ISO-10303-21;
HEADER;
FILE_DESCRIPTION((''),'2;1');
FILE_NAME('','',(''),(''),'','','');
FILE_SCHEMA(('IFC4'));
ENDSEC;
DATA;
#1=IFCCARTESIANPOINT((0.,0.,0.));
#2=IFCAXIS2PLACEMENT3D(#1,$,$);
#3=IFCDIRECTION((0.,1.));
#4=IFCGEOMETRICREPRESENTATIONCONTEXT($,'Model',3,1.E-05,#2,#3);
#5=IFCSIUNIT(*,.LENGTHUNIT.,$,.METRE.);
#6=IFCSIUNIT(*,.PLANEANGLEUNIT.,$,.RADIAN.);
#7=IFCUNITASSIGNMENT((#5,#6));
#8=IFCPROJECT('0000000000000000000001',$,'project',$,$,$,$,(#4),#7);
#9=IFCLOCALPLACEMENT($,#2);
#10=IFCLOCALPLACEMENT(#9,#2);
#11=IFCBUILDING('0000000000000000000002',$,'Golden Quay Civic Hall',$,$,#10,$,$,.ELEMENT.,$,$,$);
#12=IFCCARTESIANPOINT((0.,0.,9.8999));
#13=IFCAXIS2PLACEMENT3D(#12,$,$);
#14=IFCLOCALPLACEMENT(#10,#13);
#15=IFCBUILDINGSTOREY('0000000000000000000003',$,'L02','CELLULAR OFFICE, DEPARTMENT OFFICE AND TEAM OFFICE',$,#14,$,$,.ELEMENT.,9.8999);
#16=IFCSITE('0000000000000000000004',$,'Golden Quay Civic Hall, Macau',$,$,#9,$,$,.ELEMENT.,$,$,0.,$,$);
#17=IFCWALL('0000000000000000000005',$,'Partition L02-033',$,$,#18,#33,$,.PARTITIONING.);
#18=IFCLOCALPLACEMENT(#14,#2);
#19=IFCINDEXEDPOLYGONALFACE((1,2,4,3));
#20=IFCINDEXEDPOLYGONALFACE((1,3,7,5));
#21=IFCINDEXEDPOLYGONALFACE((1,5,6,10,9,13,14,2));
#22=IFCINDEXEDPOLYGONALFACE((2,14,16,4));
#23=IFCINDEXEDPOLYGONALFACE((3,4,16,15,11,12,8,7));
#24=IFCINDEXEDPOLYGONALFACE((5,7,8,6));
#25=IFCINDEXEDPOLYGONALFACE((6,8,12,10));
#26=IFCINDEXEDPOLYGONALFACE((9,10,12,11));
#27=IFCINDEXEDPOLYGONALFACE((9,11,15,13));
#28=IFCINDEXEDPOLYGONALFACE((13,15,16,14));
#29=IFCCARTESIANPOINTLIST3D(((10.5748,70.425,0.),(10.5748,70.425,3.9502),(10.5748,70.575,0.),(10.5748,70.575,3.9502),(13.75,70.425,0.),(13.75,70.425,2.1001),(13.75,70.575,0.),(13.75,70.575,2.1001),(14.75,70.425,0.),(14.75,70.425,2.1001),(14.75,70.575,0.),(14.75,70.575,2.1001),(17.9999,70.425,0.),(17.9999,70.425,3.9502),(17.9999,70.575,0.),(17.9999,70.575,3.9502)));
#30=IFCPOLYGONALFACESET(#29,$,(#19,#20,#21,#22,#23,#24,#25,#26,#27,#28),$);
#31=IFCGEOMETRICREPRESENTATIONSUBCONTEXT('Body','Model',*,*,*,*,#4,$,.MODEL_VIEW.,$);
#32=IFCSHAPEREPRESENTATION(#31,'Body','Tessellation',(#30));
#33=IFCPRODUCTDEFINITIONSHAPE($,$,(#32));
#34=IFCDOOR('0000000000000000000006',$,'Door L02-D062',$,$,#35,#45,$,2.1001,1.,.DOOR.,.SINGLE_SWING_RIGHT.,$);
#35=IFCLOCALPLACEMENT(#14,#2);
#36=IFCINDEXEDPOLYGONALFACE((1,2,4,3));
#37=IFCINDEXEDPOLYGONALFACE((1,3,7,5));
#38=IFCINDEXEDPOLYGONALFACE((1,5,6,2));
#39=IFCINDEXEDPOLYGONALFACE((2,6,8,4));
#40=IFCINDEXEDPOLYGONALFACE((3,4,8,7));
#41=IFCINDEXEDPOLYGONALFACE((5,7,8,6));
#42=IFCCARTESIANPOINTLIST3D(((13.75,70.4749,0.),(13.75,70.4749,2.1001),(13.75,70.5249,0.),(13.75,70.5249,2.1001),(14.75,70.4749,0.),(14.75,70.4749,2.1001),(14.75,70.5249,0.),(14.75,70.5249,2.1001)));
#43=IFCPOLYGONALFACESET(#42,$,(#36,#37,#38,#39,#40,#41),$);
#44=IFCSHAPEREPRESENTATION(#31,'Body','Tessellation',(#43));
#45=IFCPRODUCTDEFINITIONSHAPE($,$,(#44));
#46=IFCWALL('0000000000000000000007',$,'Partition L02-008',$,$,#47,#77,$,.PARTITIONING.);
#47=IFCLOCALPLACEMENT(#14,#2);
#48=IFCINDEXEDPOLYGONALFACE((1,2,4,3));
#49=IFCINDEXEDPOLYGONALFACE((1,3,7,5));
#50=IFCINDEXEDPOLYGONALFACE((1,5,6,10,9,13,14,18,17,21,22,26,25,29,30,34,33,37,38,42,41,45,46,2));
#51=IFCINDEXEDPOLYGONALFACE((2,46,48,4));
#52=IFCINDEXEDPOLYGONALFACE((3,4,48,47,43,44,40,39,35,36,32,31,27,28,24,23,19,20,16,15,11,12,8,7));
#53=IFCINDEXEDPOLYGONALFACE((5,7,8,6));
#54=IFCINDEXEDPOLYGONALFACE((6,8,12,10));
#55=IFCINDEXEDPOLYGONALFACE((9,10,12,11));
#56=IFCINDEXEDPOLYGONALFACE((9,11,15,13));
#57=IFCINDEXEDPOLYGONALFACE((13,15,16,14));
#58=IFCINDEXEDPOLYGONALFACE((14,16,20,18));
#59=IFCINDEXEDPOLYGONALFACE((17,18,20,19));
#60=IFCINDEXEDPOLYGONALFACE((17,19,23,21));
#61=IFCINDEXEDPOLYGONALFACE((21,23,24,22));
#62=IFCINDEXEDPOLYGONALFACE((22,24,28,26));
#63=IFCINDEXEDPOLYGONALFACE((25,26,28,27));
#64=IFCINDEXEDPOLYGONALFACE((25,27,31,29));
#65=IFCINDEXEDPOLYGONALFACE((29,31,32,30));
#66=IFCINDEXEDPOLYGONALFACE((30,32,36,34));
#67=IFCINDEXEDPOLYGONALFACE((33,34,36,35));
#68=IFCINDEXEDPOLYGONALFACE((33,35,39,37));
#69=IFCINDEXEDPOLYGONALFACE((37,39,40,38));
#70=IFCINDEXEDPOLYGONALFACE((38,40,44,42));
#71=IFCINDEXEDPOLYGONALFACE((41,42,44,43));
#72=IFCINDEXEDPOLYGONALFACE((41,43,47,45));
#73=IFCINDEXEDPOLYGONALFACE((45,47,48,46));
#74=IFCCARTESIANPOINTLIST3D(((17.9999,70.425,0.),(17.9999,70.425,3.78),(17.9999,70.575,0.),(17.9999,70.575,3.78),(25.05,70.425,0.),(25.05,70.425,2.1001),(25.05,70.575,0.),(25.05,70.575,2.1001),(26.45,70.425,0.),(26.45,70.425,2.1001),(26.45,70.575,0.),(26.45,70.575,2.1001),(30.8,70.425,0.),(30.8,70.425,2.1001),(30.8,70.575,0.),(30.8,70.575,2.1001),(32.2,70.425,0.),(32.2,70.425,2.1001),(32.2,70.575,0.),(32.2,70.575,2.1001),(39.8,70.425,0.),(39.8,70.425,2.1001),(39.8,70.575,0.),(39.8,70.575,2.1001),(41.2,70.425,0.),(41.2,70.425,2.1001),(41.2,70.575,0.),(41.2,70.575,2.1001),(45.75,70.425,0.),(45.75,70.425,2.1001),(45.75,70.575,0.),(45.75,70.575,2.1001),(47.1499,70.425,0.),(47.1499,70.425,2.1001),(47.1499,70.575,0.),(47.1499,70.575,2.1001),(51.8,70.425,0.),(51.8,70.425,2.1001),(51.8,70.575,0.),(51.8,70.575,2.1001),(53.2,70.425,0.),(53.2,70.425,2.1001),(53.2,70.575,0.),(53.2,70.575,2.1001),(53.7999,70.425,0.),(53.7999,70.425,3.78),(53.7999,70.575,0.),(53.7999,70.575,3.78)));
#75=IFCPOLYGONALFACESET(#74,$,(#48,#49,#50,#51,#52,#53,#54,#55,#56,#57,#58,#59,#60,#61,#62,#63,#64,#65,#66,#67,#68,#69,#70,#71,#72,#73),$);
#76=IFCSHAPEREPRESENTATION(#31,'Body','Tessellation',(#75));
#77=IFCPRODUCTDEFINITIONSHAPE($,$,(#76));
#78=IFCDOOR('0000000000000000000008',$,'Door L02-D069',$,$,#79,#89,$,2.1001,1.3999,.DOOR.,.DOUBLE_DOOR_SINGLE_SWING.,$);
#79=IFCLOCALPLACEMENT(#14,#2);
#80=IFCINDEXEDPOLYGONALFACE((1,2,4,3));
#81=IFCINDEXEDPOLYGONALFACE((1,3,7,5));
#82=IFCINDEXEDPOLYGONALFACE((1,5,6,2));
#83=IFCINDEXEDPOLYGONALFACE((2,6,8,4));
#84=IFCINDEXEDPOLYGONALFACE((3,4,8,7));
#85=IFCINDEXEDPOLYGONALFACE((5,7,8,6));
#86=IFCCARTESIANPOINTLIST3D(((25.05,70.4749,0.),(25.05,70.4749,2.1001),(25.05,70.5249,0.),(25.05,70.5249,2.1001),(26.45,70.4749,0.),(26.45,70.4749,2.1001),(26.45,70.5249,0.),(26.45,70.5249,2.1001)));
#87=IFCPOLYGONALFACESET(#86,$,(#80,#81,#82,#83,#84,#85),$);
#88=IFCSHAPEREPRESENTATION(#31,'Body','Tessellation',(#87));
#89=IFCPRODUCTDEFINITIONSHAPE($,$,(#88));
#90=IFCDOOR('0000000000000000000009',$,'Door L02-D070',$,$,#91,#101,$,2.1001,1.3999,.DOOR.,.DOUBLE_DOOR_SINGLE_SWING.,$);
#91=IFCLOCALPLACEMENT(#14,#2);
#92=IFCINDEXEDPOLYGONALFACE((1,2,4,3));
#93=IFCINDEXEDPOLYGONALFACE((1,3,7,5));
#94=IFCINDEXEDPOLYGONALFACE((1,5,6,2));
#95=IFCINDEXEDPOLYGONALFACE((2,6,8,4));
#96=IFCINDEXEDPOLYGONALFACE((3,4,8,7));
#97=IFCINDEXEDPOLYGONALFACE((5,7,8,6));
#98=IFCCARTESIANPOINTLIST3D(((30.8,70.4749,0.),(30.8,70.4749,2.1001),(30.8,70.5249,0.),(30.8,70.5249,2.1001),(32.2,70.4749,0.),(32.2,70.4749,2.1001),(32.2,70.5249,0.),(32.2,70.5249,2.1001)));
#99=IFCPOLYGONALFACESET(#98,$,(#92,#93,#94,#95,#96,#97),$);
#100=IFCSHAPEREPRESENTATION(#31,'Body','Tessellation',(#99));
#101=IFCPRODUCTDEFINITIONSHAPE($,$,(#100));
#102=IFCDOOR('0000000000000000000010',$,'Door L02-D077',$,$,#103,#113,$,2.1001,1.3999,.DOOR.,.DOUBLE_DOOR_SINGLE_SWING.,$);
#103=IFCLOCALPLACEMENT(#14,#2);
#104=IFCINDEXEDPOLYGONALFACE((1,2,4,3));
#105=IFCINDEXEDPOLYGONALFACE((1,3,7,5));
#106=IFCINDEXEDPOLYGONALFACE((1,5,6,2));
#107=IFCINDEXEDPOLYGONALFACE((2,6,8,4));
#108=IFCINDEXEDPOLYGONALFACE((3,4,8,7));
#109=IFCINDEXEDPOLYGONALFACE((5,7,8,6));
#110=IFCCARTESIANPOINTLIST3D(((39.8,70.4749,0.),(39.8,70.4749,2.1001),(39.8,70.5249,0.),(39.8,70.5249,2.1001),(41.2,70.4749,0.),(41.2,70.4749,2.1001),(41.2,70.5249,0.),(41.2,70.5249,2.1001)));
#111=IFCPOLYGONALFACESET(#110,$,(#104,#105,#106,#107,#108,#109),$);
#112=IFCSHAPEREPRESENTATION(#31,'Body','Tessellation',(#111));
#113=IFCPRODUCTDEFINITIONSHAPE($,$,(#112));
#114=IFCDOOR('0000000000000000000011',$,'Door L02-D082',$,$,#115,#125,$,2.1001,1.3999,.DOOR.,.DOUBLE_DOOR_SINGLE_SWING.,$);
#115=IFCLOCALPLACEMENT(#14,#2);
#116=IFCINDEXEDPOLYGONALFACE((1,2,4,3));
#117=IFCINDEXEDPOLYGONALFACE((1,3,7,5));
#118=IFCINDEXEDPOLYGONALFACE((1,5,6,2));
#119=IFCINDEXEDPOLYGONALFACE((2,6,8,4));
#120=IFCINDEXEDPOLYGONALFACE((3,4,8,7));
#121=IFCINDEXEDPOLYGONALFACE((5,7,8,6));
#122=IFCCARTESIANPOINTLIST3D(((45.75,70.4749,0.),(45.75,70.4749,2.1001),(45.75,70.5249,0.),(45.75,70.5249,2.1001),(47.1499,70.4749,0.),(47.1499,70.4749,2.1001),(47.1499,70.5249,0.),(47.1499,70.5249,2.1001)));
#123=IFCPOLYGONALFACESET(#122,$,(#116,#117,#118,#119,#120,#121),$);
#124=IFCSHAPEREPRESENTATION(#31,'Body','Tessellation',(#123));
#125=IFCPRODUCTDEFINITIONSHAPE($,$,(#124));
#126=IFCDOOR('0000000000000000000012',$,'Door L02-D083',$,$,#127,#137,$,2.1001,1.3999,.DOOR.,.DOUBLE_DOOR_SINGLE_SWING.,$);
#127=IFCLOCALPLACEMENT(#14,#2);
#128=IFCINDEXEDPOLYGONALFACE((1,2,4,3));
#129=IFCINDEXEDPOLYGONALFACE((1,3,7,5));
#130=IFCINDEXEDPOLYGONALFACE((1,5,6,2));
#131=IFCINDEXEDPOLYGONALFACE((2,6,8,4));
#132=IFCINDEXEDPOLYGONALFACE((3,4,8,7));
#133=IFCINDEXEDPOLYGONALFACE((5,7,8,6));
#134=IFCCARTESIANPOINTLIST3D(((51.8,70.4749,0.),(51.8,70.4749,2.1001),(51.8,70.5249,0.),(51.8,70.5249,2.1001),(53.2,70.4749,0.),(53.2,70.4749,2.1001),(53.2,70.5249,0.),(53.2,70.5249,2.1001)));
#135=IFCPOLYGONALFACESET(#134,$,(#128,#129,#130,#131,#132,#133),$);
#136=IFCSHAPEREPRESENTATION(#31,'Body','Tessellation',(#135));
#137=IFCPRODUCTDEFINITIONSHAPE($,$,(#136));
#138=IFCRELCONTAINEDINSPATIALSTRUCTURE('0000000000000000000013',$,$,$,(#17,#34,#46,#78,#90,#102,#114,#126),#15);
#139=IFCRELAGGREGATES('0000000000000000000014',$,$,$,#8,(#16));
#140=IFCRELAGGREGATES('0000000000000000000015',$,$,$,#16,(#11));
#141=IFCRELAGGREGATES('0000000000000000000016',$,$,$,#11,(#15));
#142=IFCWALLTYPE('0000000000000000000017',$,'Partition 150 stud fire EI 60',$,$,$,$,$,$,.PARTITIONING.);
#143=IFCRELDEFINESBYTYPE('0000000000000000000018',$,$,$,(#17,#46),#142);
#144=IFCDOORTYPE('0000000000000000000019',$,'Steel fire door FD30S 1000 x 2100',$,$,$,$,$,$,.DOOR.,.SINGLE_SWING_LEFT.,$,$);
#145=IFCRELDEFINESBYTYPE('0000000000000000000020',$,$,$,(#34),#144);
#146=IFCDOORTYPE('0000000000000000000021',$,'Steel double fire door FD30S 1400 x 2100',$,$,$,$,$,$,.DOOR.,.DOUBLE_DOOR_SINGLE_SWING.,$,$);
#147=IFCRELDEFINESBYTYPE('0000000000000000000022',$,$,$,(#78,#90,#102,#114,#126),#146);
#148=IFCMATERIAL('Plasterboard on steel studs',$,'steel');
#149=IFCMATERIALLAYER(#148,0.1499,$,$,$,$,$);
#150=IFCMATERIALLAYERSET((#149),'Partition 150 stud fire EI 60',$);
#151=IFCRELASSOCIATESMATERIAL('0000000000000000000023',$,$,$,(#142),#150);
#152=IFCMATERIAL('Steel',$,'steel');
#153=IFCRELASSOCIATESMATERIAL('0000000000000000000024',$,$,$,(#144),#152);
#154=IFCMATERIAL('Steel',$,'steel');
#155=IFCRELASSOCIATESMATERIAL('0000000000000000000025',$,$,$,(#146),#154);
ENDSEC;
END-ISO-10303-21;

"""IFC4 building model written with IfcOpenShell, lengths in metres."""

from ifc_helpers import new_model, si_unit, direction, frame, frame_2d, origin, place, context, subcontext, project, spatial, rectangle, extrude, material, layer, layer_set, type_object, element, fill, save


model = new_model("IFC4")

# Units and contexts
model_context = context("Model", 3, precision=1e-05, world=origin(), true_north=direction((0.0, 1.0)))
body_context = subcontext(model_context, "Body", "Model", "MODEL_VIEW")
ifc_project = project(units=[si_unit("LENGTHUNIT", "METRE"), si_unit("PLANEANGLEUNIT", "RADIAN")], contexts=[model_context])

# Site, building, storey
site_placement = place(None, origin())
site = spatial("IfcSite", under=ifc_project, at=site_placement, Name="Golden Quay Civic Hall, Macau", CompositionType="ELEMENT", RefElevation=0.0)
building_placement = place(site_placement, origin())
building = spatial("IfcBuilding", under=site, at=building_placement, Name="Golden Quay Civic Hall", CompositionType="ELEMENT")
storey_placement = place(building_placement, frame((0.0, 0.0, 9.8999)))
storey = spatial("IfcBuildingStorey", under=building, at=storey_placement, Name="L02", Description="CELLULAR OFFICE, DEPARTMENT OFFICE AND TEAM OFFICE", CompositionType="ELEMENT", Elevation=9.8999)

# Wall, opening, door
ifc_material_1 = material(Name="Plasterboard on steel studs", Category="steel")
ifc_layer_1 = layer(ifc_material_1, 0.1499)
ifc_layer_set_1 = layer_set([ifc_layer_1], Name="Partition 150 stud fire EI 60")
wall_type_1 = type_object("IfcWallType", Name="Partition 150 stud fire EI 60", PredefinedType="PARTITIONING", material=ifc_layer_set_1)
ifc_material_2 = material(Name="Steel", Category="steel")
door_type_1 = type_object("IfcDoorType", Name="Steel fire door FD30S 1000 x 2100", OperationType="SINGLE_SWING_LEFT", PredefinedType="DOOR", material=ifc_material_2)
wall_1_placement = place(storey_placement, frame((10.575, 70.5, 0.0), z_axis=(0.0, 0.0, 1.0), x_axis=(1.0, 0.0, 0.0)))
wall_1 = element("IfcWall", 1, at=wall_1_placement, inside=storey, type_object=wall_type_1, Name="Partition L02-033", PredefinedType="PARTITIONING", context=body_context, shape_type="SweptSolid", body=[
    extrude(rectangle(XDim=7.425, YDim=0.1499, at=frame_2d((3.7124, 0.0))), origin(), (0.0, 0.0, 1.0), 3.9502),
])
opening_1_placement = place(wall_1_placement, frame((3.175, 0.0, 0.0)))
opening_1 = element("IfcOpeningElement", 2, at=opening_1_placement, cuts=wall_1, PredefinedType="OPENING", context=body_context, shape_type="SweptSolid", body=[
    extrude(rectangle(XDim=1.0, YDim=2.1001, at=frame_2d((0.5, 1.05))), frame((0.0, 0.085, 0.0), z_axis=(0.0, -1.0, 0.0), x_axis=(1.0, 0.0, 0.0)), (0.0, 0.0, 1.0), 0.1699),
])
door_1_placement = place(opening_1_placement, frame((1.0, 0.0, 0.0), z_axis=(0.0, 0.0, 1.0), x_axis=(-1.0, 0.0, 0.0)))
door_1 = element("IfcDoor", 3, at=door_1_placement, inside=storey, type_object=door_type_1, Name="Door L02-D062", OperationType="SINGLE_SWING_RIGHT", OverallHeight=2.1001, OverallWidth=1.0, PredefinedType="DOOR", context=body_context, shape_type="SweptSolid", body=[
    extrude(rectangle(XDim=1.0, YDim=2.1001, at=frame_2d((0.5, 1.05))), frame((0.0, 0.0251, 0.0), z_axis=(0.0, -1.0, 0.0), x_axis=(1.0, 0.0, 0.0)), (0.0, 0.0, 1.0), 0.05),
])
fill(opening_1, door_1)

# Wall, openings, doors
wall_2_placement = place(storey_placement, frame((18.0, 70.5, 0.0), z_axis=(0.0, 0.0, 1.0), x_axis=(1.0, 0.0, 0.0)))
wall_2 = element("IfcWall", 4, at=wall_2_placement, inside=storey, type_object=wall_type_1, Name="Partition L02-008", PredefinedType="PARTITIONING", context=body_context, shape_type="SweptSolid", body=[
    extrude(rectangle(XDim=35.8, YDim=0.1499, at=frame_2d((17.8999, 0.0))), origin(), (0.0, 0.0, 1.0), 3.78),
])
opening_2_placement = place(wall_2_placement, frame((7.05, 0.0, 0.0)))
opening_2 = element("IfcOpeningElement", 5, at=opening_2_placement, cuts=wall_2, PredefinedType="OPENING", context=body_context, shape_type="SweptSolid", body=[
    extrude(rectangle(XDim=1.3999, YDim=2.1001, at=frame_2d((0.7, 1.05))), frame((0.0, 0.085, 0.0), z_axis=(0.0, -1.0, 0.0), x_axis=(1.0, 0.0, 0.0)), (0.0, 0.0, 1.0), 0.1699),
])
opening_3_placement = place(wall_2_placement, frame((12.8, 0.0, 0.0)))
opening_3 = element("IfcOpeningElement", 6, at=opening_3_placement, cuts=wall_2, PredefinedType="OPENING", context=body_context, shape_type="SweptSolid", body=[
    extrude(rectangle(XDim=1.3999, YDim=2.1001, at=frame_2d((0.7, 1.05))), frame((0.0, 0.085, 0.0), z_axis=(0.0, -1.0, 0.0), x_axis=(1.0, 0.0, 0.0)), (0.0, 0.0, 1.0), 0.1699),
])
opening_4_placement = place(wall_2_placement, frame((21.8, 0.0, 0.0)))
opening_4 = element("IfcOpeningElement", 7, at=opening_4_placement, cuts=wall_2, PredefinedType="OPENING", context=body_context, shape_type="SweptSolid", body=[
    extrude(rectangle(XDim=1.3999, YDim=2.1001, at=frame_2d((0.7, 1.05))), frame((0.0, 0.085, 0.0), z_axis=(0.0, -1.0, 0.0), x_axis=(1.0, 0.0, 0.0)), (0.0, 0.0, 1.0), 0.1699),
])
opening_5_placement = place(wall_2_placement, frame((27.75, 0.0, 0.0)))
opening_5 = element("IfcOpeningElement", 8, at=opening_5_placement, cuts=wall_2, PredefinedType="OPENING", context=body_context, shape_type="SweptSolid", body=[
    extrude(rectangle(XDim=1.3999, YDim=2.1001, at=frame_2d((0.7, 1.05))), frame((0.0, 0.085, 0.0), z_axis=(0.0, -1.0, 0.0), x_axis=(1.0, 0.0, 0.0)), (0.0, 0.0, 1.0), 0.1699),
])
opening_6_placement = place(wall_2_placement, frame((33.8, 0.0, 0.0)))
opening_6 = element("IfcOpeningElement", 9, at=opening_6_placement, cuts=wall_2, PredefinedType="OPENING", context=body_context, shape_type="SweptSolid", body=[
    extrude(rectangle(XDim=1.3999, YDim=2.1001, at=frame_2d((0.7, 1.05))), frame((0.0, 0.085, 0.0), z_axis=(0.0, -1.0, 0.0), x_axis=(1.0, 0.0, 0.0)), (0.0, 0.0, 1.0), 0.1699),
])
ifc_material_3 = material(Name="Steel", Category="steel")
door_type_2 = type_object("IfcDoorType", Name="Steel double fire door FD30S 1400 x 2100", OperationType="DOUBLE_DOOR_SINGLE_SWING", PredefinedType="DOOR", material=ifc_material_3)
door_2_placement = place(opening_2_placement, frame((1.3999, 0.0, 0.0), z_axis=(0.0, 0.0, 1.0), x_axis=(-1.0, 0.0, 0.0)))
door_2 = element("IfcDoor", 10, at=door_2_placement, inside=storey, type_object=door_type_2, Name="Door L02-D069", OperationType="DOUBLE_DOOR_SINGLE_SWING", OverallHeight=2.1001, OverallWidth=1.3999, PredefinedType="DOOR", context=body_context, shape_type="SweptSolid", body=[
    extrude(rectangle(XDim=1.3999, YDim=2.1001, at=frame_2d((0.7, 1.05))), frame((0.0, 0.0251, 0.0), z_axis=(0.0, -1.0, 0.0), x_axis=(1.0, 0.0, 0.0)), (0.0, 0.0, 1.0), 0.05),
])
fill(opening_2, door_2)
door_3_placement = place(opening_3_placement, frame((1.3999, 0.0, 0.0), z_axis=(0.0, 0.0, 1.0), x_axis=(-1.0, 0.0, 0.0)))
door_3 = element("IfcDoor", 11, at=door_3_placement, inside=storey, type_object=door_type_2, Name="Door L02-D070", OperationType="DOUBLE_DOOR_SINGLE_SWING", OverallHeight=2.1001, OverallWidth=1.3999, PredefinedType="DOOR", context=body_context, shape_type="SweptSolid", body=[
    extrude(rectangle(XDim=1.3999, YDim=2.1001, at=frame_2d((0.7, 1.05))), frame((0.0, 0.0251, 0.0), z_axis=(0.0, -1.0, 0.0), x_axis=(1.0, 0.0, 0.0)), (0.0, 0.0, 1.0), 0.05),
])
fill(opening_3, door_3)
door_4_placement = place(opening_4_placement, frame((1.3999, 0.0, 0.0), z_axis=(0.0, 0.0, 1.0), x_axis=(-1.0, 0.0, 0.0)))
door_4 = element("IfcDoor", 12, at=door_4_placement, inside=storey, type_object=door_type_2, Name="Door L02-D077", OperationType="DOUBLE_DOOR_SINGLE_SWING", OverallHeight=2.1001, OverallWidth=1.3999, PredefinedType="DOOR", context=body_context, shape_type="SweptSolid", body=[
    extrude(rectangle(XDim=1.3999, YDim=2.1001, at=frame_2d((0.7, 1.05))), frame((0.0, 0.0251, 0.0), z_axis=(0.0, -1.0, 0.0), x_axis=(1.0, 0.0, 0.0)), (0.0, 0.0, 1.0), 0.05),
])
fill(opening_4, door_4)
door_5_placement = place(opening_5_placement, origin())
door_5 = element("IfcDoor", 13, at=door_5_placement, inside=storey, type_object=door_type_2, Name="Door L02-D082", OperationType="DOUBLE_DOOR_SINGLE_SWING", OverallHeight=2.1001, OverallWidth=1.3999, PredefinedType="DOOR", context=body_context, shape_type="SweptSolid", body=[
    extrude(rectangle(XDim=1.3999, YDim=2.1001, at=frame_2d((0.7, 1.05))), frame((0.0, 0.0249, 0.0), z_axis=(0.0, -1.0, 0.0), x_axis=(1.0, 0.0, 0.0)), (0.0, 0.0, 1.0), 0.05),
])
fill(opening_5, door_5)
door_6_placement = place(opening_6_placement, origin())
door_6 = element("IfcDoor", 14, at=door_6_placement, inside=storey, type_object=door_type_2, Name="Door L02-D083", OperationType="DOUBLE_DOOR_SINGLE_SWING", OverallHeight=2.1001, OverallWidth=1.3999, PredefinedType="DOOR", context=body_context, shape_type="SweptSolid", body=[
    extrude(rectangle(XDim=1.3999, YDim=2.1001, at=frame_2d((0.7, 1.05))), frame((0.0, 0.0249, 0.0), z_axis=(0.0, -1.0, 0.0), x_axis=(1.0, 0.0, 0.0)), (0.0, 0.0, 1.0), 0.05),
])
fill(opening_6, door_6)

save(model, "model.ifc")
